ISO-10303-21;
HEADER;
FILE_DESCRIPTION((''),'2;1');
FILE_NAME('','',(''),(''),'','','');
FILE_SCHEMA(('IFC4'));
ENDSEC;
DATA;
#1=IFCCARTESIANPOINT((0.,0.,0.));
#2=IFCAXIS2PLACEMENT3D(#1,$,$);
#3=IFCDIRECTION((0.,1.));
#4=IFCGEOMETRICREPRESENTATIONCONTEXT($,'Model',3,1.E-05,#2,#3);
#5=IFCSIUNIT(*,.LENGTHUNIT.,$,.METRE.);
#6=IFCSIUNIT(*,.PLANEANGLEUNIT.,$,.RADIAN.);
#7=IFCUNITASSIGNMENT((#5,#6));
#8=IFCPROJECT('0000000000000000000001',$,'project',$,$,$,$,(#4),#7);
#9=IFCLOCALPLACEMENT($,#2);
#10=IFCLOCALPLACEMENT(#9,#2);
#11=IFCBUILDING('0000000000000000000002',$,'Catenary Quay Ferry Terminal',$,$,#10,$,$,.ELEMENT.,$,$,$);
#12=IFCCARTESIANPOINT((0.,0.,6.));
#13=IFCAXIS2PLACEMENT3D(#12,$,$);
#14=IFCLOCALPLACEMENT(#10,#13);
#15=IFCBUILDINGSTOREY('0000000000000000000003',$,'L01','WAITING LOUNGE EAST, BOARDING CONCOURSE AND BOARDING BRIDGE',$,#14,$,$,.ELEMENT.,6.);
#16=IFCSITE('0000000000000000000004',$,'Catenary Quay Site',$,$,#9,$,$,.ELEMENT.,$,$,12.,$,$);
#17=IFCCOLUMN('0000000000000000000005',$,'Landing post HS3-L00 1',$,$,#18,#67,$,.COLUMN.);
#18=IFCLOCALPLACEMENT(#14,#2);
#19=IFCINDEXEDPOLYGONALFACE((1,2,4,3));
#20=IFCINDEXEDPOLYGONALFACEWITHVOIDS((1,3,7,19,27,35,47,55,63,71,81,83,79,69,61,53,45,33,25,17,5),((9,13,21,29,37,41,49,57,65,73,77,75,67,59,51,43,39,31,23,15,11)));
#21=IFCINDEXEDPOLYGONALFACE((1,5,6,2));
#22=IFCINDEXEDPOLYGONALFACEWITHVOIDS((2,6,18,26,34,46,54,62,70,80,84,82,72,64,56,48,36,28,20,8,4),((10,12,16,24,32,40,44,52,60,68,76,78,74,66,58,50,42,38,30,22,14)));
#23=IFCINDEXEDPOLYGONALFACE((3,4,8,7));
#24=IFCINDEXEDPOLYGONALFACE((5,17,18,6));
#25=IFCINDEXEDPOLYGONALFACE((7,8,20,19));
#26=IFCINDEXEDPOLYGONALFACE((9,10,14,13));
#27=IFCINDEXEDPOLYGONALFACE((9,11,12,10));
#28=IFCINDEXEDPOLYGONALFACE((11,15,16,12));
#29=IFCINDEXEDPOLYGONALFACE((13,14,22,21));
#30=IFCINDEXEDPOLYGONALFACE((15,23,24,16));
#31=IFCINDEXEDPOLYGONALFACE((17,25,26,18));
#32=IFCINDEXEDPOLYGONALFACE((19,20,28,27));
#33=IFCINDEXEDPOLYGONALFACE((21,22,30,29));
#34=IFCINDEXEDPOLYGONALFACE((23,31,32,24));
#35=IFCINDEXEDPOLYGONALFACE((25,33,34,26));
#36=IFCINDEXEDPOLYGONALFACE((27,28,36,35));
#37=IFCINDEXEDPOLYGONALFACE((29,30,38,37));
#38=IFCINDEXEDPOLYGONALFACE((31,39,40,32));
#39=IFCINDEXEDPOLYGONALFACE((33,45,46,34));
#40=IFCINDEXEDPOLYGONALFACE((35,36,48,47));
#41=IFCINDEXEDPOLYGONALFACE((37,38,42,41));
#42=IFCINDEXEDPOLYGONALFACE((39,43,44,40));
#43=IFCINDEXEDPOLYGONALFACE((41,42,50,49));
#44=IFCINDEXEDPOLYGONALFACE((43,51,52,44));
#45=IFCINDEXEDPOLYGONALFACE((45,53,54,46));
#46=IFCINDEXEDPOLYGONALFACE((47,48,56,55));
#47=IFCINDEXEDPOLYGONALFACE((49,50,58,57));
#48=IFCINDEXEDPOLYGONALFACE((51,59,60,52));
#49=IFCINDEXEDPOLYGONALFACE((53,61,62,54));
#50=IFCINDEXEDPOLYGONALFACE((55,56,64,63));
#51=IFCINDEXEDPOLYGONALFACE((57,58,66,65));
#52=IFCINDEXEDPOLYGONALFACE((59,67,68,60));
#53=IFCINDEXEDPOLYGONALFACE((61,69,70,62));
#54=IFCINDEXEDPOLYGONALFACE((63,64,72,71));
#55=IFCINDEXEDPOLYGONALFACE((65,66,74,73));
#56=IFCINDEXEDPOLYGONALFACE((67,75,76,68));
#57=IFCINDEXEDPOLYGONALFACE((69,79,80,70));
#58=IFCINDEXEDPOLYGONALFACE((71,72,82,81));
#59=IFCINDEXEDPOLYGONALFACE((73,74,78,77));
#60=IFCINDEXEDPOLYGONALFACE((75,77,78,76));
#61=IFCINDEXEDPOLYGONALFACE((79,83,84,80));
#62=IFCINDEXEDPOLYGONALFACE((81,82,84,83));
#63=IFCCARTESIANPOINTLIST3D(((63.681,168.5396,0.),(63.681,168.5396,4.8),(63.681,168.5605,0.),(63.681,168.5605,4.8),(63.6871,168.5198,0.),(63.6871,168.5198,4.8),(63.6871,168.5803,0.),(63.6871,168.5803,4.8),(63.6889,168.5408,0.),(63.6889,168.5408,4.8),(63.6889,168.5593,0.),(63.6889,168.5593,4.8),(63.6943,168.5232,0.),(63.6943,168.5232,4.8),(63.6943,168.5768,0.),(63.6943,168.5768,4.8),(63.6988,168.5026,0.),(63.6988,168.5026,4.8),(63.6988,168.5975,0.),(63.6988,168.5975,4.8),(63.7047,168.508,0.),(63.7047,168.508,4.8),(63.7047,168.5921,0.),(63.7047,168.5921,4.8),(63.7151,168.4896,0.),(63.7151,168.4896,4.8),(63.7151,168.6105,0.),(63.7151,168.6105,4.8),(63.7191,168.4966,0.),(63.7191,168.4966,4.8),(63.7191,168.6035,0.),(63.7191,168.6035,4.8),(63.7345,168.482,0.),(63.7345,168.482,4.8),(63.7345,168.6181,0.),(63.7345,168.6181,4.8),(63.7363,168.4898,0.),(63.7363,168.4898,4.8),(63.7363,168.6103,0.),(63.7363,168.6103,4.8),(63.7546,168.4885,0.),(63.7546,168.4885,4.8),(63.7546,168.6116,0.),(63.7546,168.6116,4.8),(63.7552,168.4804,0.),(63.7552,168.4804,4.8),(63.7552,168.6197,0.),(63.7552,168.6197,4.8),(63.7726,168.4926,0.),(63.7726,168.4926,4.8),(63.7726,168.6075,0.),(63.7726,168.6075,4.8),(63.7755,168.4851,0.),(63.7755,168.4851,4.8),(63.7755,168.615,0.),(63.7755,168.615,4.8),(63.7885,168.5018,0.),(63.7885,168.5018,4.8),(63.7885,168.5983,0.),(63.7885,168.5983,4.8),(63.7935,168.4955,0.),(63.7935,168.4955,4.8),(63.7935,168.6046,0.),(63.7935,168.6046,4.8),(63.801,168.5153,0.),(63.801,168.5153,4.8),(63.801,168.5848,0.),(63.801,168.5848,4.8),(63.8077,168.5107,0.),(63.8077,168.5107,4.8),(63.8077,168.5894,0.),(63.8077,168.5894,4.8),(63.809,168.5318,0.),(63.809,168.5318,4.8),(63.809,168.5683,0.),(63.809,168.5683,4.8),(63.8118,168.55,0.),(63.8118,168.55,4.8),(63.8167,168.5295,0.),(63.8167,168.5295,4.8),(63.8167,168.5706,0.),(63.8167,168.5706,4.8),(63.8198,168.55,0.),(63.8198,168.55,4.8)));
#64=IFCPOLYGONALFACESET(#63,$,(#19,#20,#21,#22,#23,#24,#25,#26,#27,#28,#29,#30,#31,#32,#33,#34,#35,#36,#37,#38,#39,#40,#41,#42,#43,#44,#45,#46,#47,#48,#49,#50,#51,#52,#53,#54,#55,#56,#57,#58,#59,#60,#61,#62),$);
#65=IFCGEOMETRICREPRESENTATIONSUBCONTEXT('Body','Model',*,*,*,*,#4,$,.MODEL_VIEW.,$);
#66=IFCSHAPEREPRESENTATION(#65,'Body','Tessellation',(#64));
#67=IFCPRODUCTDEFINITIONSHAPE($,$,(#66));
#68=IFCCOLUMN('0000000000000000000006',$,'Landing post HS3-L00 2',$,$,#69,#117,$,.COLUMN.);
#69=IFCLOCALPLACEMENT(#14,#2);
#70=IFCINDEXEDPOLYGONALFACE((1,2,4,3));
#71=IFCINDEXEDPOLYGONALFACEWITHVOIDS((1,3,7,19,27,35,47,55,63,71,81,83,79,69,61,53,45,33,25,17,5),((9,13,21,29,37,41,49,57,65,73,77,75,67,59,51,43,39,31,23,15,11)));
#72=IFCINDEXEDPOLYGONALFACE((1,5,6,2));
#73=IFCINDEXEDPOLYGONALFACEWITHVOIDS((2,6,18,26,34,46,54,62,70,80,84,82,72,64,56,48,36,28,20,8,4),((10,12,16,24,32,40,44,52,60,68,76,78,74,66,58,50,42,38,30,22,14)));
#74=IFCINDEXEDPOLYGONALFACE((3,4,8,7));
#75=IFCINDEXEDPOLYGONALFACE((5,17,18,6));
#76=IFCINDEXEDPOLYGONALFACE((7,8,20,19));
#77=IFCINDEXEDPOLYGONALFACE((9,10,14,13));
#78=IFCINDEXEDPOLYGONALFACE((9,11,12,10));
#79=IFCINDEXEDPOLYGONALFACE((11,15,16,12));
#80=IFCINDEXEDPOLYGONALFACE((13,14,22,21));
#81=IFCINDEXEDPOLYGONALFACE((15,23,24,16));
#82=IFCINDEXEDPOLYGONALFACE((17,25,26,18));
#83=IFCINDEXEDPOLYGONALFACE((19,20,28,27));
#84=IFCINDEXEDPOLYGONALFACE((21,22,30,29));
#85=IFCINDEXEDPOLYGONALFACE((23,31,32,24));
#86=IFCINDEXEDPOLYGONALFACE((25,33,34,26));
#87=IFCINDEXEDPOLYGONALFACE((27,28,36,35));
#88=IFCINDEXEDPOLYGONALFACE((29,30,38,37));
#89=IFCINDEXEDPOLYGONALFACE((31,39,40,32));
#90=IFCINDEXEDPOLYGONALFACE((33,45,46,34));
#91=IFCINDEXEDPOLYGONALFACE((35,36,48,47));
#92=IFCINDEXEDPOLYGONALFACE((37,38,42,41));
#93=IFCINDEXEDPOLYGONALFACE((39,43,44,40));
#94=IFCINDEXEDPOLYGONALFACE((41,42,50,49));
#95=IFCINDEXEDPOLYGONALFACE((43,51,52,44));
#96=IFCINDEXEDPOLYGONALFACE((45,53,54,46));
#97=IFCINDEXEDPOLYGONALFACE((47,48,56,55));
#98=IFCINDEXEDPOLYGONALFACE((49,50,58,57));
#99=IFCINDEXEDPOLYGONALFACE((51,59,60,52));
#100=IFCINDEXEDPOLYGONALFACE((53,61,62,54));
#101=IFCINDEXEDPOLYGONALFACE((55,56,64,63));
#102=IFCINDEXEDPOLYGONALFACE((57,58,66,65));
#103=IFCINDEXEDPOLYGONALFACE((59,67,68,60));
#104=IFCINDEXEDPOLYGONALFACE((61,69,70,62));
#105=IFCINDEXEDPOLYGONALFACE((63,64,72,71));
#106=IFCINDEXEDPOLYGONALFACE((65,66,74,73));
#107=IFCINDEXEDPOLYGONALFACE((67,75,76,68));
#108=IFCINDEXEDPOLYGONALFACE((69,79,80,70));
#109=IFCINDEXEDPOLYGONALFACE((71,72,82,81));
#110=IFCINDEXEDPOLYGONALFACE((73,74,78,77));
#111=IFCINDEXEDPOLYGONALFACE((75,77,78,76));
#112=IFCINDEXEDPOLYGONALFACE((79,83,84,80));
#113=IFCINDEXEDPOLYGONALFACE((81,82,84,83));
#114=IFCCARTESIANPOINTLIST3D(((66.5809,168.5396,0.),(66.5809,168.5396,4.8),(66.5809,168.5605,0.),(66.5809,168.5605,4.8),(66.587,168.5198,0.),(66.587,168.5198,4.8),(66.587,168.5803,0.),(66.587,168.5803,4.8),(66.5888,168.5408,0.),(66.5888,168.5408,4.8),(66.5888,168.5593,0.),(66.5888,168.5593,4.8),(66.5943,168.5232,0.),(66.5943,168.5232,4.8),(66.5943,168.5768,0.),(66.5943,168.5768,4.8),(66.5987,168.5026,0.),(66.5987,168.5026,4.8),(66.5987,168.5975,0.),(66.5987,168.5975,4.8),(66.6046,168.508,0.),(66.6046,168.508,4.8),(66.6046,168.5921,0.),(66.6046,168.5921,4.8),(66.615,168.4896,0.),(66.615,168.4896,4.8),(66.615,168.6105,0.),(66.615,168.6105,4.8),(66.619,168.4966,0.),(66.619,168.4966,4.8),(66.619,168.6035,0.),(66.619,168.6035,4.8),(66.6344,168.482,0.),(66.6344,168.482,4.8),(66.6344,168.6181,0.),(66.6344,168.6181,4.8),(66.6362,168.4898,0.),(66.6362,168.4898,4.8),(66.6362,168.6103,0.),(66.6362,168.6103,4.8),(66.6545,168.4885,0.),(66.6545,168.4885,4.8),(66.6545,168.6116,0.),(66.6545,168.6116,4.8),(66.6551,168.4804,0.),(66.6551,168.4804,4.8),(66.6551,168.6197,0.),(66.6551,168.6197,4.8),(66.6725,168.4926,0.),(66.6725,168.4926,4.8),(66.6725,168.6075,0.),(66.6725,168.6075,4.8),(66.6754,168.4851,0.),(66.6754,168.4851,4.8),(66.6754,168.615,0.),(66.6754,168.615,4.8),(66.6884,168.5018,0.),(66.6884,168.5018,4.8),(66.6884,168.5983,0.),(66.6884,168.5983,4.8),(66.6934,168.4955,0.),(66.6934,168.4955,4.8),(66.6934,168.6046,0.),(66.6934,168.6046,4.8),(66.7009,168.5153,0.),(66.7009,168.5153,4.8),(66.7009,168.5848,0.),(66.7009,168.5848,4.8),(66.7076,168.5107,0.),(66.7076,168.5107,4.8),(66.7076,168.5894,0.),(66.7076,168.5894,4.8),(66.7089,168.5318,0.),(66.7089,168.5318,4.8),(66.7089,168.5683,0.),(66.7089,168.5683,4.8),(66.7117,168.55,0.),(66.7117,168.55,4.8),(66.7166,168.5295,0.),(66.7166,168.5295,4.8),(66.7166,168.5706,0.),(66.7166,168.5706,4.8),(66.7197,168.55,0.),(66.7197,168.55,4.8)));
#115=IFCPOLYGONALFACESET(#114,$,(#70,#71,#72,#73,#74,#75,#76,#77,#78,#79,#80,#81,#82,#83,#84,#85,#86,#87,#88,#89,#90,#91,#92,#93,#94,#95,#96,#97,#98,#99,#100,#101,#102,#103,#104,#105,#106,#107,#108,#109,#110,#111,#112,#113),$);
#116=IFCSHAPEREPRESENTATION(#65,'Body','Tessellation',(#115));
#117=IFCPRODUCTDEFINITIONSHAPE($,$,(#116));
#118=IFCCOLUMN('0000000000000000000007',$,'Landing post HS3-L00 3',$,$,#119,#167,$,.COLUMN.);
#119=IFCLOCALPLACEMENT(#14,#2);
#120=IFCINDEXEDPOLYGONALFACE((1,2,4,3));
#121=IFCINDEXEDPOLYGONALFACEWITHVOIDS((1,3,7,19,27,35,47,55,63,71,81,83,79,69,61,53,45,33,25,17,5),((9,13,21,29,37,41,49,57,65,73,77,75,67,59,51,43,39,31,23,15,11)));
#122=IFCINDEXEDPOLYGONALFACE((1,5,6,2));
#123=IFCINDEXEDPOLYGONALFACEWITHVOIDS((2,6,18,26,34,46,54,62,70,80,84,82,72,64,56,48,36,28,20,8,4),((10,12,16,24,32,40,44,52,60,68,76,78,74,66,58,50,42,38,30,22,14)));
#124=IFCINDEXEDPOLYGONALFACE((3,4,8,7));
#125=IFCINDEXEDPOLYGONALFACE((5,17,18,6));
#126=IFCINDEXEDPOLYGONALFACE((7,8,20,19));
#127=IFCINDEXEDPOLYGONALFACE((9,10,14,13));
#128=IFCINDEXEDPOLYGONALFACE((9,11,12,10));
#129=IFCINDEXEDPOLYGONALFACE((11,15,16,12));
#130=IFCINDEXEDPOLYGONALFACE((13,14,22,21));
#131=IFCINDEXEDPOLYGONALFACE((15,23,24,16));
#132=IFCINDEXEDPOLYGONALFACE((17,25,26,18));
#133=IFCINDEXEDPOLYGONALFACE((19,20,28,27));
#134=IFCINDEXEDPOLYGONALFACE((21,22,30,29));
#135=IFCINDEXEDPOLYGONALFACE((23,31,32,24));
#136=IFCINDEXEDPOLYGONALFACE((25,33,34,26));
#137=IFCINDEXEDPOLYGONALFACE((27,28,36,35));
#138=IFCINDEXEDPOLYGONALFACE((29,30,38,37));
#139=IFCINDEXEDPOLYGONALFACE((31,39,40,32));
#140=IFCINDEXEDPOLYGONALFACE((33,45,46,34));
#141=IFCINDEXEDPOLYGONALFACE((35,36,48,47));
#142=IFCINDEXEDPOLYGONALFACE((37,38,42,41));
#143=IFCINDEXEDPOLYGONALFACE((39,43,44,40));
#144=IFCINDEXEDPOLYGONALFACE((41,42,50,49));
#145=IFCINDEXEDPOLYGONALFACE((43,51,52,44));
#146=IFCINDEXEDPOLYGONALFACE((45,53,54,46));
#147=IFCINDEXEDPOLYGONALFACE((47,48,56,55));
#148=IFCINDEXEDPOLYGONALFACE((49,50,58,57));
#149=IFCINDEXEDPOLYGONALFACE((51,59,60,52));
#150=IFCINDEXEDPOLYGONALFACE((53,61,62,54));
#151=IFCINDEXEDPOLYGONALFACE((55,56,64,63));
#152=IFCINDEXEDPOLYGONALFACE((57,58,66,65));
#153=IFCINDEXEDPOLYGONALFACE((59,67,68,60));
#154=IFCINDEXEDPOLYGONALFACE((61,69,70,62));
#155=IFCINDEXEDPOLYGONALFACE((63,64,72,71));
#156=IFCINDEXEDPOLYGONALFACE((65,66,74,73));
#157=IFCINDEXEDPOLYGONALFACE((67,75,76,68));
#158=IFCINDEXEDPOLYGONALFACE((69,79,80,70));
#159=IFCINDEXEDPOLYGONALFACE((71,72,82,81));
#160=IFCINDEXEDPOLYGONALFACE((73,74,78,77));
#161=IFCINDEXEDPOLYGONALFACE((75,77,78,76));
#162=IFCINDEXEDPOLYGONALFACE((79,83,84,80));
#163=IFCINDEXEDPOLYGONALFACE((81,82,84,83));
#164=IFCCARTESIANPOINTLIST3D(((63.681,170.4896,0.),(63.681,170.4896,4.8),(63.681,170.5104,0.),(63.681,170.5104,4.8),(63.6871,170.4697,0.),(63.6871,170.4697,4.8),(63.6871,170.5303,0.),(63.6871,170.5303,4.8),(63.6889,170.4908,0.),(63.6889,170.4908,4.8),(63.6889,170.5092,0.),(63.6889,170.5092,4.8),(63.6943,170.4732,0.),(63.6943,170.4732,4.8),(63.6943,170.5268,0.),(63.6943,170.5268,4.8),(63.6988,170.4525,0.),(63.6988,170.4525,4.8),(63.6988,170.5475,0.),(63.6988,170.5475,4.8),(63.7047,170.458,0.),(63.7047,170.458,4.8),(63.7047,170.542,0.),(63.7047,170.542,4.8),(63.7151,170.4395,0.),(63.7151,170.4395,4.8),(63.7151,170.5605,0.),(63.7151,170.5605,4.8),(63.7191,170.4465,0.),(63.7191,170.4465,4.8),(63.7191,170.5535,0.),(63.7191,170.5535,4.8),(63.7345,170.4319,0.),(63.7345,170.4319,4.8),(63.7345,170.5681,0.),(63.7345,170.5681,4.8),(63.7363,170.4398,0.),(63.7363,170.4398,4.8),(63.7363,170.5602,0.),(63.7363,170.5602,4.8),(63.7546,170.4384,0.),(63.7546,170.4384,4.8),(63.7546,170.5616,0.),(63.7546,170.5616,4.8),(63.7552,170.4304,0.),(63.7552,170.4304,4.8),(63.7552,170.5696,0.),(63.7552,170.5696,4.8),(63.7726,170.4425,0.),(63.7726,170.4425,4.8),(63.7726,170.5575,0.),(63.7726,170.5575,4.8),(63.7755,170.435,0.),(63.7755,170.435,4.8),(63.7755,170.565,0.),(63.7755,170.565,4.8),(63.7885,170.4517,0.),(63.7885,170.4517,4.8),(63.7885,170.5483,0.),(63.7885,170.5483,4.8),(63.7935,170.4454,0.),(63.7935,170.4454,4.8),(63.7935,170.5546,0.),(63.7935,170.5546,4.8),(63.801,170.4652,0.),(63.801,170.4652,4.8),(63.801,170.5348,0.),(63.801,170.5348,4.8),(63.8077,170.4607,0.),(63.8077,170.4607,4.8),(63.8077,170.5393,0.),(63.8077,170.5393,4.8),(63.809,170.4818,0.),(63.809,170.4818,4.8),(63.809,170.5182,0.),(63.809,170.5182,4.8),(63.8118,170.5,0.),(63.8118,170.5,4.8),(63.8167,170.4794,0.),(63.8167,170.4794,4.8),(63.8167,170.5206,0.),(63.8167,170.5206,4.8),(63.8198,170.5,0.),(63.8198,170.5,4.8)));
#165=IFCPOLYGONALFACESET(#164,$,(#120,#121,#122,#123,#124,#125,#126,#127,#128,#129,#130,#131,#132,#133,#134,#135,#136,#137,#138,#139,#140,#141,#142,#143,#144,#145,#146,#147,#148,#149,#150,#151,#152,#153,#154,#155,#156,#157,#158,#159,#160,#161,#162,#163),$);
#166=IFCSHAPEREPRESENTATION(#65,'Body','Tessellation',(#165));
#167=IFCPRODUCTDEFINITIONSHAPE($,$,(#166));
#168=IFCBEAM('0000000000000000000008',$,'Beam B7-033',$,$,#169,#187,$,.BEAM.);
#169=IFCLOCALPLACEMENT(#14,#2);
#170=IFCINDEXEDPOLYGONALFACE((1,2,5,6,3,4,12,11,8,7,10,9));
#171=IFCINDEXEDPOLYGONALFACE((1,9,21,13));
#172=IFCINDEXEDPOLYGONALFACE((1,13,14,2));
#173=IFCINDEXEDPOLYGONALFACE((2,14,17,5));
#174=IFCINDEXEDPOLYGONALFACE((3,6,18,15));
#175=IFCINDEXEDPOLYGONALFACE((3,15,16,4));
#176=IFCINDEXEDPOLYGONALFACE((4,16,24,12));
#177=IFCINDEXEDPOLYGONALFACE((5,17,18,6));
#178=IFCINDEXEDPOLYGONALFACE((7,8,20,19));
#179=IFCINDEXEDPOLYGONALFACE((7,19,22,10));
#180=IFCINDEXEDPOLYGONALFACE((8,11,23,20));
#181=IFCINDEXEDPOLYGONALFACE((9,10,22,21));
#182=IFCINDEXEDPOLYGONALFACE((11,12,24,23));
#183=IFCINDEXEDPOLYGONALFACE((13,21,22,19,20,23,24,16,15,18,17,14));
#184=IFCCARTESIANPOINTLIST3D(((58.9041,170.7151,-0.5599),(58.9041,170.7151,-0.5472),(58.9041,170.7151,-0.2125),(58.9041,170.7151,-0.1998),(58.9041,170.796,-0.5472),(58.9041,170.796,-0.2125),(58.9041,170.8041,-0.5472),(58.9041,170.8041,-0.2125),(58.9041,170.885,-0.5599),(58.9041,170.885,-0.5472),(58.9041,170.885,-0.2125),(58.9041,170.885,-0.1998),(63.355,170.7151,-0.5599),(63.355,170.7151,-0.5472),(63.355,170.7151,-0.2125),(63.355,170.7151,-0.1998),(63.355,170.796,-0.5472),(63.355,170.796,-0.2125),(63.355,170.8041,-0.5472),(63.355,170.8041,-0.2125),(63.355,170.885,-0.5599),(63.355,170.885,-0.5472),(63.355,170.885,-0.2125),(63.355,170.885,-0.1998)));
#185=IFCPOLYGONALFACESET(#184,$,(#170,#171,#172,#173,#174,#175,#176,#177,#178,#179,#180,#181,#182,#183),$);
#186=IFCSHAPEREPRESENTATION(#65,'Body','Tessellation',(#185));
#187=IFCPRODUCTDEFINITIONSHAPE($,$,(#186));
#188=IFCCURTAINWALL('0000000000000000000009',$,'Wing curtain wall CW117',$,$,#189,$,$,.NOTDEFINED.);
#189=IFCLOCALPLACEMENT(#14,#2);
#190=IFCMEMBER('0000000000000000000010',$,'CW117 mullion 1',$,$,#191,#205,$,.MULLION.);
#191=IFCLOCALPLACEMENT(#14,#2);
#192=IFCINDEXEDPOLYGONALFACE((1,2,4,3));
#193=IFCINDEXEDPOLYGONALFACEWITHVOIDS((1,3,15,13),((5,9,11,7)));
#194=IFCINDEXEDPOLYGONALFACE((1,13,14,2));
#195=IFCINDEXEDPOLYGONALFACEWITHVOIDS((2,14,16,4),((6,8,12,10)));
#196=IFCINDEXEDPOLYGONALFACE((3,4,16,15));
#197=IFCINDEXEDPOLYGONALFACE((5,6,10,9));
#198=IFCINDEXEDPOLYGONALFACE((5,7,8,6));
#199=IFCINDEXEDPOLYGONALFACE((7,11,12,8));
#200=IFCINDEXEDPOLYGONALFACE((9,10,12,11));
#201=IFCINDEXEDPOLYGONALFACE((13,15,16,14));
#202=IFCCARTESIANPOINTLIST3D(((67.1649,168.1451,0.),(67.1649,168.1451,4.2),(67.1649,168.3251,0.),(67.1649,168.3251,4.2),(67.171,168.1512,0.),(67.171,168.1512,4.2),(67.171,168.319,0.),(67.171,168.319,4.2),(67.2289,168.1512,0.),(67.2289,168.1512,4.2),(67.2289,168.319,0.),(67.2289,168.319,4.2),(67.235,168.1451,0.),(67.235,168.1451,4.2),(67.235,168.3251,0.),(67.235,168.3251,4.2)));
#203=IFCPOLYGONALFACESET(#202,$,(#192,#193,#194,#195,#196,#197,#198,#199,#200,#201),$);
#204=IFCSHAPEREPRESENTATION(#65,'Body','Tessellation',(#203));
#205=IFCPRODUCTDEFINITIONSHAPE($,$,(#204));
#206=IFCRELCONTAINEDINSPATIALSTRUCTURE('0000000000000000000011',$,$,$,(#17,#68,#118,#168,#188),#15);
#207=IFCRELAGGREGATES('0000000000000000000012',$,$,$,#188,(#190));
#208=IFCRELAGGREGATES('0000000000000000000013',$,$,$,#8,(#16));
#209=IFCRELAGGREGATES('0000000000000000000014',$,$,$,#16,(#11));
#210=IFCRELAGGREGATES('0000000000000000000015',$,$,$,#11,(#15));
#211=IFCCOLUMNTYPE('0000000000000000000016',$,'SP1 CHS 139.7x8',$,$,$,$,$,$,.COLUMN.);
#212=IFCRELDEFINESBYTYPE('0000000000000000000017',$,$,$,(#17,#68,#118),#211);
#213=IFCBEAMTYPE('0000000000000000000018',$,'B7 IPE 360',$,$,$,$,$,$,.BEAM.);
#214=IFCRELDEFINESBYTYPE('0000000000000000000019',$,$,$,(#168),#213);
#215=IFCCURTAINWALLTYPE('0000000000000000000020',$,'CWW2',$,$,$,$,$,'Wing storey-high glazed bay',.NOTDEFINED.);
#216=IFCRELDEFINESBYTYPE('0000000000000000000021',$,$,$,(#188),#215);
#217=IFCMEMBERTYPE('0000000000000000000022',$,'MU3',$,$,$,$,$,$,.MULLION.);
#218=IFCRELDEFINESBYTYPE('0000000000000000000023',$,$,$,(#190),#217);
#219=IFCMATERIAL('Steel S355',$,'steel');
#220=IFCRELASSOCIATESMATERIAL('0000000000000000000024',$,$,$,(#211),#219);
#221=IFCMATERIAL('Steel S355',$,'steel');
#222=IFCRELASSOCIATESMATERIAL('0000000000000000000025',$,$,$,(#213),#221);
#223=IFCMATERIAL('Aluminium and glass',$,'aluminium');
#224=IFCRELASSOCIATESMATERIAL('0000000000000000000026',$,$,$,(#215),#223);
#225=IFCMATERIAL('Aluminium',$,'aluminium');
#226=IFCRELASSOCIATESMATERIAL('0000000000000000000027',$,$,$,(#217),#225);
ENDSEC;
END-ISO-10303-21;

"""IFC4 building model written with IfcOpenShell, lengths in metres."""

from ifc_helpers import new_model, si_unit, direction, frame, origin, origin_2d, place, context, subcontext, project, spatial, hollow_rectangle, hollow_circle, i_section, extrude, material, material_profile, profile_set, type_object, element, aggregate, save


model = new_model("IFC4")

# Units and contexts
model_context = context("Model", 3, precision=1e-05, world=origin(), true_north=direction((0.0, 1.0)))
body_context = subcontext(model_context, "Body", "Model", "MODEL_VIEW")
ifc_project = project(units=[si_unit("LENGTHUNIT", "METRE"), si_unit("PLANEANGLEUNIT", "RADIAN")], contexts=[model_context])

# Site, building, storey
site_placement = place(None, origin())
site = spatial("IfcSite", under=ifc_project, at=site_placement, Name="Catenary Quay Site", CompositionType="ELEMENT", RefElevation=12.0)
building_placement = place(site_placement, origin())
building = spatial("IfcBuilding", under=site, at=building_placement, Name="Catenary Quay Ferry Terminal", CompositionType="ELEMENT")
storey_placement = place(building_placement, frame((0.0, 0.0, 6.0)))
storey = spatial("IfcBuildingStorey", under=building, at=storey_placement, Name="L01", Description="WAITING LOUNGE EAST, BOARDING CONCOURSE AND BOARDING BRIDGE", CompositionType="ELEMENT", Elevation=6.0)

# Columns
ifc_material_1 = material(Name="Steel S355", Category="steel")
ifc_material_profile_1 = material_profile(ifc_material_1, hollow_circle(Radius=0.0698, WallThickness=0.0081, at=origin_2d()), Name="CHS 139.7x8")
ifc_profile_set_1 = profile_set([ifc_material_profile_1], Name="Steel S355")
column_type = type_object("IfcColumnType", Name="SP1 CHS 139.7x8", PredefinedType="COLUMN", material=ifc_profile_set_1)
for number, where, z_axis, x_axis, name in (
    (1, (63.75, 168.55, 0.0), (0.0, 0.0, 1.0), (1.0, 0.0, 0.0), "Landing post HS3-L00 1"),
    (2, (66.6499, 168.55, 0.0), (0.0, 0.0, 1.0), (1.0, 0.0, 0.0), "Landing post HS3-L00 2"),
    (3, (63.75, 170.5, 0.0), (0.0, 0.0, 1.0), (1.0, 0.0, 0.0), "Landing post HS3-L00 3"),
):
    element("IfcColumn", number, at=place(storey_placement, frame(where, z_axis=z_axis, x_axis=x_axis)), inside=storey, type_object=column_type, Name=name, PredefinedType="COLUMN", context=body_context, shape_type="SweptSolid", body=[
        extrude(hollow_circle(Radius=0.0698, WallThickness=0.0081, at=origin_2d()), origin(), (0.0, 0.0, 1.0), 4.8),
    ])

# Beam
ifc_material_2 = material(Name="Steel S355", Category="steel")
ifc_material_profile_2 = material_profile(ifc_material_2, i_section(OverallWidth=0.1699, OverallDepth=0.3601, WebThickness=0.0081, FlangeThickness=0.0127, at=origin_2d()), Name="IPE 360")
ifc_profile_set_2 = profile_set([ifc_material_profile_2], Name="Steel S355")
beam_type = type_object("IfcBeamType", Name="B7 IPE 360", PredefinedType="BEAM", material=ifc_profile_set_2)
beam_placement = place(storey_placement, frame((58.9041, 170.8, -0.3799), z_axis=(1.0, 0.0, 0.0), x_axis=(0.0, 1.0, 0.0)))
element("IfcBeam", 4, at=beam_placement, inside=storey, type_object=beam_type, Name="Beam B7-033", PredefinedType="BEAM", context=body_context, shape_type="SweptSolid", body=[
    extrude(i_section(OverallWidth=0.1699, OverallDepth=0.3601, WebThickness=0.0081, FlangeThickness=0.0127, at=origin_2d()), origin(), (0.0, 0.0, 1.0), 4.4509),
])

# Curtain wall, member
ifc_material_3 = material(Name="Aluminium and glass", Category="aluminium")
curtain_wall_type = type_object("IfcCurtainWallType", Name="CWW2", ElementType="Wing storey-high glazed bay", PredefinedType="NOTDEFINED", material=ifc_material_3)
curtain_wall_placement = place(storey_placement, origin())
curtain_wall = element("IfcCurtainWall", 5, at=curtain_wall_placement, inside=storey, type_object=curtain_wall_type, Name="Wing curtain wall CW117", PredefinedType="NOTDEFINED")
ifc_material_4 = material(Name="Aluminium", Category="aluminium")
ifc_material_profile_3 = material_profile(ifc_material_4, hollow_rectangle(XDim=0.0701, YDim=0.1799, WallThickness=0.0061, at=origin_2d()), Name="MU3")
ifc_profile_set_3 = profile_set([ifc_material_profile_3], Name="Aluminium")
member_type_1 = type_object("IfcMemberType", Name="MU3", PredefinedType="MULLION", material=ifc_profile_set_3)
member_1_placement = place(storey_placement, frame((67.2, 168.2351, 0.0), z_axis=(0.0, 0.0, 1.0), x_axis=(-1.0, 0.0, 0.0)))
member_1 = element("IfcMember", 6, at=member_1_placement, type_object=member_type_1, Name="CW117 mullion 1", PredefinedType="MULLION", context=body_context, shape_type="SweptSolid", body=[
    extrude(hollow_rectangle(XDim=0.0701, YDim=0.1799, WallThickness=0.0061, at=origin_2d()), origin(), (0.0, 0.0, 1.0), 4.2),
])
aggregate(curtain_wall, [member_1])

save(model, "model.ifc")
